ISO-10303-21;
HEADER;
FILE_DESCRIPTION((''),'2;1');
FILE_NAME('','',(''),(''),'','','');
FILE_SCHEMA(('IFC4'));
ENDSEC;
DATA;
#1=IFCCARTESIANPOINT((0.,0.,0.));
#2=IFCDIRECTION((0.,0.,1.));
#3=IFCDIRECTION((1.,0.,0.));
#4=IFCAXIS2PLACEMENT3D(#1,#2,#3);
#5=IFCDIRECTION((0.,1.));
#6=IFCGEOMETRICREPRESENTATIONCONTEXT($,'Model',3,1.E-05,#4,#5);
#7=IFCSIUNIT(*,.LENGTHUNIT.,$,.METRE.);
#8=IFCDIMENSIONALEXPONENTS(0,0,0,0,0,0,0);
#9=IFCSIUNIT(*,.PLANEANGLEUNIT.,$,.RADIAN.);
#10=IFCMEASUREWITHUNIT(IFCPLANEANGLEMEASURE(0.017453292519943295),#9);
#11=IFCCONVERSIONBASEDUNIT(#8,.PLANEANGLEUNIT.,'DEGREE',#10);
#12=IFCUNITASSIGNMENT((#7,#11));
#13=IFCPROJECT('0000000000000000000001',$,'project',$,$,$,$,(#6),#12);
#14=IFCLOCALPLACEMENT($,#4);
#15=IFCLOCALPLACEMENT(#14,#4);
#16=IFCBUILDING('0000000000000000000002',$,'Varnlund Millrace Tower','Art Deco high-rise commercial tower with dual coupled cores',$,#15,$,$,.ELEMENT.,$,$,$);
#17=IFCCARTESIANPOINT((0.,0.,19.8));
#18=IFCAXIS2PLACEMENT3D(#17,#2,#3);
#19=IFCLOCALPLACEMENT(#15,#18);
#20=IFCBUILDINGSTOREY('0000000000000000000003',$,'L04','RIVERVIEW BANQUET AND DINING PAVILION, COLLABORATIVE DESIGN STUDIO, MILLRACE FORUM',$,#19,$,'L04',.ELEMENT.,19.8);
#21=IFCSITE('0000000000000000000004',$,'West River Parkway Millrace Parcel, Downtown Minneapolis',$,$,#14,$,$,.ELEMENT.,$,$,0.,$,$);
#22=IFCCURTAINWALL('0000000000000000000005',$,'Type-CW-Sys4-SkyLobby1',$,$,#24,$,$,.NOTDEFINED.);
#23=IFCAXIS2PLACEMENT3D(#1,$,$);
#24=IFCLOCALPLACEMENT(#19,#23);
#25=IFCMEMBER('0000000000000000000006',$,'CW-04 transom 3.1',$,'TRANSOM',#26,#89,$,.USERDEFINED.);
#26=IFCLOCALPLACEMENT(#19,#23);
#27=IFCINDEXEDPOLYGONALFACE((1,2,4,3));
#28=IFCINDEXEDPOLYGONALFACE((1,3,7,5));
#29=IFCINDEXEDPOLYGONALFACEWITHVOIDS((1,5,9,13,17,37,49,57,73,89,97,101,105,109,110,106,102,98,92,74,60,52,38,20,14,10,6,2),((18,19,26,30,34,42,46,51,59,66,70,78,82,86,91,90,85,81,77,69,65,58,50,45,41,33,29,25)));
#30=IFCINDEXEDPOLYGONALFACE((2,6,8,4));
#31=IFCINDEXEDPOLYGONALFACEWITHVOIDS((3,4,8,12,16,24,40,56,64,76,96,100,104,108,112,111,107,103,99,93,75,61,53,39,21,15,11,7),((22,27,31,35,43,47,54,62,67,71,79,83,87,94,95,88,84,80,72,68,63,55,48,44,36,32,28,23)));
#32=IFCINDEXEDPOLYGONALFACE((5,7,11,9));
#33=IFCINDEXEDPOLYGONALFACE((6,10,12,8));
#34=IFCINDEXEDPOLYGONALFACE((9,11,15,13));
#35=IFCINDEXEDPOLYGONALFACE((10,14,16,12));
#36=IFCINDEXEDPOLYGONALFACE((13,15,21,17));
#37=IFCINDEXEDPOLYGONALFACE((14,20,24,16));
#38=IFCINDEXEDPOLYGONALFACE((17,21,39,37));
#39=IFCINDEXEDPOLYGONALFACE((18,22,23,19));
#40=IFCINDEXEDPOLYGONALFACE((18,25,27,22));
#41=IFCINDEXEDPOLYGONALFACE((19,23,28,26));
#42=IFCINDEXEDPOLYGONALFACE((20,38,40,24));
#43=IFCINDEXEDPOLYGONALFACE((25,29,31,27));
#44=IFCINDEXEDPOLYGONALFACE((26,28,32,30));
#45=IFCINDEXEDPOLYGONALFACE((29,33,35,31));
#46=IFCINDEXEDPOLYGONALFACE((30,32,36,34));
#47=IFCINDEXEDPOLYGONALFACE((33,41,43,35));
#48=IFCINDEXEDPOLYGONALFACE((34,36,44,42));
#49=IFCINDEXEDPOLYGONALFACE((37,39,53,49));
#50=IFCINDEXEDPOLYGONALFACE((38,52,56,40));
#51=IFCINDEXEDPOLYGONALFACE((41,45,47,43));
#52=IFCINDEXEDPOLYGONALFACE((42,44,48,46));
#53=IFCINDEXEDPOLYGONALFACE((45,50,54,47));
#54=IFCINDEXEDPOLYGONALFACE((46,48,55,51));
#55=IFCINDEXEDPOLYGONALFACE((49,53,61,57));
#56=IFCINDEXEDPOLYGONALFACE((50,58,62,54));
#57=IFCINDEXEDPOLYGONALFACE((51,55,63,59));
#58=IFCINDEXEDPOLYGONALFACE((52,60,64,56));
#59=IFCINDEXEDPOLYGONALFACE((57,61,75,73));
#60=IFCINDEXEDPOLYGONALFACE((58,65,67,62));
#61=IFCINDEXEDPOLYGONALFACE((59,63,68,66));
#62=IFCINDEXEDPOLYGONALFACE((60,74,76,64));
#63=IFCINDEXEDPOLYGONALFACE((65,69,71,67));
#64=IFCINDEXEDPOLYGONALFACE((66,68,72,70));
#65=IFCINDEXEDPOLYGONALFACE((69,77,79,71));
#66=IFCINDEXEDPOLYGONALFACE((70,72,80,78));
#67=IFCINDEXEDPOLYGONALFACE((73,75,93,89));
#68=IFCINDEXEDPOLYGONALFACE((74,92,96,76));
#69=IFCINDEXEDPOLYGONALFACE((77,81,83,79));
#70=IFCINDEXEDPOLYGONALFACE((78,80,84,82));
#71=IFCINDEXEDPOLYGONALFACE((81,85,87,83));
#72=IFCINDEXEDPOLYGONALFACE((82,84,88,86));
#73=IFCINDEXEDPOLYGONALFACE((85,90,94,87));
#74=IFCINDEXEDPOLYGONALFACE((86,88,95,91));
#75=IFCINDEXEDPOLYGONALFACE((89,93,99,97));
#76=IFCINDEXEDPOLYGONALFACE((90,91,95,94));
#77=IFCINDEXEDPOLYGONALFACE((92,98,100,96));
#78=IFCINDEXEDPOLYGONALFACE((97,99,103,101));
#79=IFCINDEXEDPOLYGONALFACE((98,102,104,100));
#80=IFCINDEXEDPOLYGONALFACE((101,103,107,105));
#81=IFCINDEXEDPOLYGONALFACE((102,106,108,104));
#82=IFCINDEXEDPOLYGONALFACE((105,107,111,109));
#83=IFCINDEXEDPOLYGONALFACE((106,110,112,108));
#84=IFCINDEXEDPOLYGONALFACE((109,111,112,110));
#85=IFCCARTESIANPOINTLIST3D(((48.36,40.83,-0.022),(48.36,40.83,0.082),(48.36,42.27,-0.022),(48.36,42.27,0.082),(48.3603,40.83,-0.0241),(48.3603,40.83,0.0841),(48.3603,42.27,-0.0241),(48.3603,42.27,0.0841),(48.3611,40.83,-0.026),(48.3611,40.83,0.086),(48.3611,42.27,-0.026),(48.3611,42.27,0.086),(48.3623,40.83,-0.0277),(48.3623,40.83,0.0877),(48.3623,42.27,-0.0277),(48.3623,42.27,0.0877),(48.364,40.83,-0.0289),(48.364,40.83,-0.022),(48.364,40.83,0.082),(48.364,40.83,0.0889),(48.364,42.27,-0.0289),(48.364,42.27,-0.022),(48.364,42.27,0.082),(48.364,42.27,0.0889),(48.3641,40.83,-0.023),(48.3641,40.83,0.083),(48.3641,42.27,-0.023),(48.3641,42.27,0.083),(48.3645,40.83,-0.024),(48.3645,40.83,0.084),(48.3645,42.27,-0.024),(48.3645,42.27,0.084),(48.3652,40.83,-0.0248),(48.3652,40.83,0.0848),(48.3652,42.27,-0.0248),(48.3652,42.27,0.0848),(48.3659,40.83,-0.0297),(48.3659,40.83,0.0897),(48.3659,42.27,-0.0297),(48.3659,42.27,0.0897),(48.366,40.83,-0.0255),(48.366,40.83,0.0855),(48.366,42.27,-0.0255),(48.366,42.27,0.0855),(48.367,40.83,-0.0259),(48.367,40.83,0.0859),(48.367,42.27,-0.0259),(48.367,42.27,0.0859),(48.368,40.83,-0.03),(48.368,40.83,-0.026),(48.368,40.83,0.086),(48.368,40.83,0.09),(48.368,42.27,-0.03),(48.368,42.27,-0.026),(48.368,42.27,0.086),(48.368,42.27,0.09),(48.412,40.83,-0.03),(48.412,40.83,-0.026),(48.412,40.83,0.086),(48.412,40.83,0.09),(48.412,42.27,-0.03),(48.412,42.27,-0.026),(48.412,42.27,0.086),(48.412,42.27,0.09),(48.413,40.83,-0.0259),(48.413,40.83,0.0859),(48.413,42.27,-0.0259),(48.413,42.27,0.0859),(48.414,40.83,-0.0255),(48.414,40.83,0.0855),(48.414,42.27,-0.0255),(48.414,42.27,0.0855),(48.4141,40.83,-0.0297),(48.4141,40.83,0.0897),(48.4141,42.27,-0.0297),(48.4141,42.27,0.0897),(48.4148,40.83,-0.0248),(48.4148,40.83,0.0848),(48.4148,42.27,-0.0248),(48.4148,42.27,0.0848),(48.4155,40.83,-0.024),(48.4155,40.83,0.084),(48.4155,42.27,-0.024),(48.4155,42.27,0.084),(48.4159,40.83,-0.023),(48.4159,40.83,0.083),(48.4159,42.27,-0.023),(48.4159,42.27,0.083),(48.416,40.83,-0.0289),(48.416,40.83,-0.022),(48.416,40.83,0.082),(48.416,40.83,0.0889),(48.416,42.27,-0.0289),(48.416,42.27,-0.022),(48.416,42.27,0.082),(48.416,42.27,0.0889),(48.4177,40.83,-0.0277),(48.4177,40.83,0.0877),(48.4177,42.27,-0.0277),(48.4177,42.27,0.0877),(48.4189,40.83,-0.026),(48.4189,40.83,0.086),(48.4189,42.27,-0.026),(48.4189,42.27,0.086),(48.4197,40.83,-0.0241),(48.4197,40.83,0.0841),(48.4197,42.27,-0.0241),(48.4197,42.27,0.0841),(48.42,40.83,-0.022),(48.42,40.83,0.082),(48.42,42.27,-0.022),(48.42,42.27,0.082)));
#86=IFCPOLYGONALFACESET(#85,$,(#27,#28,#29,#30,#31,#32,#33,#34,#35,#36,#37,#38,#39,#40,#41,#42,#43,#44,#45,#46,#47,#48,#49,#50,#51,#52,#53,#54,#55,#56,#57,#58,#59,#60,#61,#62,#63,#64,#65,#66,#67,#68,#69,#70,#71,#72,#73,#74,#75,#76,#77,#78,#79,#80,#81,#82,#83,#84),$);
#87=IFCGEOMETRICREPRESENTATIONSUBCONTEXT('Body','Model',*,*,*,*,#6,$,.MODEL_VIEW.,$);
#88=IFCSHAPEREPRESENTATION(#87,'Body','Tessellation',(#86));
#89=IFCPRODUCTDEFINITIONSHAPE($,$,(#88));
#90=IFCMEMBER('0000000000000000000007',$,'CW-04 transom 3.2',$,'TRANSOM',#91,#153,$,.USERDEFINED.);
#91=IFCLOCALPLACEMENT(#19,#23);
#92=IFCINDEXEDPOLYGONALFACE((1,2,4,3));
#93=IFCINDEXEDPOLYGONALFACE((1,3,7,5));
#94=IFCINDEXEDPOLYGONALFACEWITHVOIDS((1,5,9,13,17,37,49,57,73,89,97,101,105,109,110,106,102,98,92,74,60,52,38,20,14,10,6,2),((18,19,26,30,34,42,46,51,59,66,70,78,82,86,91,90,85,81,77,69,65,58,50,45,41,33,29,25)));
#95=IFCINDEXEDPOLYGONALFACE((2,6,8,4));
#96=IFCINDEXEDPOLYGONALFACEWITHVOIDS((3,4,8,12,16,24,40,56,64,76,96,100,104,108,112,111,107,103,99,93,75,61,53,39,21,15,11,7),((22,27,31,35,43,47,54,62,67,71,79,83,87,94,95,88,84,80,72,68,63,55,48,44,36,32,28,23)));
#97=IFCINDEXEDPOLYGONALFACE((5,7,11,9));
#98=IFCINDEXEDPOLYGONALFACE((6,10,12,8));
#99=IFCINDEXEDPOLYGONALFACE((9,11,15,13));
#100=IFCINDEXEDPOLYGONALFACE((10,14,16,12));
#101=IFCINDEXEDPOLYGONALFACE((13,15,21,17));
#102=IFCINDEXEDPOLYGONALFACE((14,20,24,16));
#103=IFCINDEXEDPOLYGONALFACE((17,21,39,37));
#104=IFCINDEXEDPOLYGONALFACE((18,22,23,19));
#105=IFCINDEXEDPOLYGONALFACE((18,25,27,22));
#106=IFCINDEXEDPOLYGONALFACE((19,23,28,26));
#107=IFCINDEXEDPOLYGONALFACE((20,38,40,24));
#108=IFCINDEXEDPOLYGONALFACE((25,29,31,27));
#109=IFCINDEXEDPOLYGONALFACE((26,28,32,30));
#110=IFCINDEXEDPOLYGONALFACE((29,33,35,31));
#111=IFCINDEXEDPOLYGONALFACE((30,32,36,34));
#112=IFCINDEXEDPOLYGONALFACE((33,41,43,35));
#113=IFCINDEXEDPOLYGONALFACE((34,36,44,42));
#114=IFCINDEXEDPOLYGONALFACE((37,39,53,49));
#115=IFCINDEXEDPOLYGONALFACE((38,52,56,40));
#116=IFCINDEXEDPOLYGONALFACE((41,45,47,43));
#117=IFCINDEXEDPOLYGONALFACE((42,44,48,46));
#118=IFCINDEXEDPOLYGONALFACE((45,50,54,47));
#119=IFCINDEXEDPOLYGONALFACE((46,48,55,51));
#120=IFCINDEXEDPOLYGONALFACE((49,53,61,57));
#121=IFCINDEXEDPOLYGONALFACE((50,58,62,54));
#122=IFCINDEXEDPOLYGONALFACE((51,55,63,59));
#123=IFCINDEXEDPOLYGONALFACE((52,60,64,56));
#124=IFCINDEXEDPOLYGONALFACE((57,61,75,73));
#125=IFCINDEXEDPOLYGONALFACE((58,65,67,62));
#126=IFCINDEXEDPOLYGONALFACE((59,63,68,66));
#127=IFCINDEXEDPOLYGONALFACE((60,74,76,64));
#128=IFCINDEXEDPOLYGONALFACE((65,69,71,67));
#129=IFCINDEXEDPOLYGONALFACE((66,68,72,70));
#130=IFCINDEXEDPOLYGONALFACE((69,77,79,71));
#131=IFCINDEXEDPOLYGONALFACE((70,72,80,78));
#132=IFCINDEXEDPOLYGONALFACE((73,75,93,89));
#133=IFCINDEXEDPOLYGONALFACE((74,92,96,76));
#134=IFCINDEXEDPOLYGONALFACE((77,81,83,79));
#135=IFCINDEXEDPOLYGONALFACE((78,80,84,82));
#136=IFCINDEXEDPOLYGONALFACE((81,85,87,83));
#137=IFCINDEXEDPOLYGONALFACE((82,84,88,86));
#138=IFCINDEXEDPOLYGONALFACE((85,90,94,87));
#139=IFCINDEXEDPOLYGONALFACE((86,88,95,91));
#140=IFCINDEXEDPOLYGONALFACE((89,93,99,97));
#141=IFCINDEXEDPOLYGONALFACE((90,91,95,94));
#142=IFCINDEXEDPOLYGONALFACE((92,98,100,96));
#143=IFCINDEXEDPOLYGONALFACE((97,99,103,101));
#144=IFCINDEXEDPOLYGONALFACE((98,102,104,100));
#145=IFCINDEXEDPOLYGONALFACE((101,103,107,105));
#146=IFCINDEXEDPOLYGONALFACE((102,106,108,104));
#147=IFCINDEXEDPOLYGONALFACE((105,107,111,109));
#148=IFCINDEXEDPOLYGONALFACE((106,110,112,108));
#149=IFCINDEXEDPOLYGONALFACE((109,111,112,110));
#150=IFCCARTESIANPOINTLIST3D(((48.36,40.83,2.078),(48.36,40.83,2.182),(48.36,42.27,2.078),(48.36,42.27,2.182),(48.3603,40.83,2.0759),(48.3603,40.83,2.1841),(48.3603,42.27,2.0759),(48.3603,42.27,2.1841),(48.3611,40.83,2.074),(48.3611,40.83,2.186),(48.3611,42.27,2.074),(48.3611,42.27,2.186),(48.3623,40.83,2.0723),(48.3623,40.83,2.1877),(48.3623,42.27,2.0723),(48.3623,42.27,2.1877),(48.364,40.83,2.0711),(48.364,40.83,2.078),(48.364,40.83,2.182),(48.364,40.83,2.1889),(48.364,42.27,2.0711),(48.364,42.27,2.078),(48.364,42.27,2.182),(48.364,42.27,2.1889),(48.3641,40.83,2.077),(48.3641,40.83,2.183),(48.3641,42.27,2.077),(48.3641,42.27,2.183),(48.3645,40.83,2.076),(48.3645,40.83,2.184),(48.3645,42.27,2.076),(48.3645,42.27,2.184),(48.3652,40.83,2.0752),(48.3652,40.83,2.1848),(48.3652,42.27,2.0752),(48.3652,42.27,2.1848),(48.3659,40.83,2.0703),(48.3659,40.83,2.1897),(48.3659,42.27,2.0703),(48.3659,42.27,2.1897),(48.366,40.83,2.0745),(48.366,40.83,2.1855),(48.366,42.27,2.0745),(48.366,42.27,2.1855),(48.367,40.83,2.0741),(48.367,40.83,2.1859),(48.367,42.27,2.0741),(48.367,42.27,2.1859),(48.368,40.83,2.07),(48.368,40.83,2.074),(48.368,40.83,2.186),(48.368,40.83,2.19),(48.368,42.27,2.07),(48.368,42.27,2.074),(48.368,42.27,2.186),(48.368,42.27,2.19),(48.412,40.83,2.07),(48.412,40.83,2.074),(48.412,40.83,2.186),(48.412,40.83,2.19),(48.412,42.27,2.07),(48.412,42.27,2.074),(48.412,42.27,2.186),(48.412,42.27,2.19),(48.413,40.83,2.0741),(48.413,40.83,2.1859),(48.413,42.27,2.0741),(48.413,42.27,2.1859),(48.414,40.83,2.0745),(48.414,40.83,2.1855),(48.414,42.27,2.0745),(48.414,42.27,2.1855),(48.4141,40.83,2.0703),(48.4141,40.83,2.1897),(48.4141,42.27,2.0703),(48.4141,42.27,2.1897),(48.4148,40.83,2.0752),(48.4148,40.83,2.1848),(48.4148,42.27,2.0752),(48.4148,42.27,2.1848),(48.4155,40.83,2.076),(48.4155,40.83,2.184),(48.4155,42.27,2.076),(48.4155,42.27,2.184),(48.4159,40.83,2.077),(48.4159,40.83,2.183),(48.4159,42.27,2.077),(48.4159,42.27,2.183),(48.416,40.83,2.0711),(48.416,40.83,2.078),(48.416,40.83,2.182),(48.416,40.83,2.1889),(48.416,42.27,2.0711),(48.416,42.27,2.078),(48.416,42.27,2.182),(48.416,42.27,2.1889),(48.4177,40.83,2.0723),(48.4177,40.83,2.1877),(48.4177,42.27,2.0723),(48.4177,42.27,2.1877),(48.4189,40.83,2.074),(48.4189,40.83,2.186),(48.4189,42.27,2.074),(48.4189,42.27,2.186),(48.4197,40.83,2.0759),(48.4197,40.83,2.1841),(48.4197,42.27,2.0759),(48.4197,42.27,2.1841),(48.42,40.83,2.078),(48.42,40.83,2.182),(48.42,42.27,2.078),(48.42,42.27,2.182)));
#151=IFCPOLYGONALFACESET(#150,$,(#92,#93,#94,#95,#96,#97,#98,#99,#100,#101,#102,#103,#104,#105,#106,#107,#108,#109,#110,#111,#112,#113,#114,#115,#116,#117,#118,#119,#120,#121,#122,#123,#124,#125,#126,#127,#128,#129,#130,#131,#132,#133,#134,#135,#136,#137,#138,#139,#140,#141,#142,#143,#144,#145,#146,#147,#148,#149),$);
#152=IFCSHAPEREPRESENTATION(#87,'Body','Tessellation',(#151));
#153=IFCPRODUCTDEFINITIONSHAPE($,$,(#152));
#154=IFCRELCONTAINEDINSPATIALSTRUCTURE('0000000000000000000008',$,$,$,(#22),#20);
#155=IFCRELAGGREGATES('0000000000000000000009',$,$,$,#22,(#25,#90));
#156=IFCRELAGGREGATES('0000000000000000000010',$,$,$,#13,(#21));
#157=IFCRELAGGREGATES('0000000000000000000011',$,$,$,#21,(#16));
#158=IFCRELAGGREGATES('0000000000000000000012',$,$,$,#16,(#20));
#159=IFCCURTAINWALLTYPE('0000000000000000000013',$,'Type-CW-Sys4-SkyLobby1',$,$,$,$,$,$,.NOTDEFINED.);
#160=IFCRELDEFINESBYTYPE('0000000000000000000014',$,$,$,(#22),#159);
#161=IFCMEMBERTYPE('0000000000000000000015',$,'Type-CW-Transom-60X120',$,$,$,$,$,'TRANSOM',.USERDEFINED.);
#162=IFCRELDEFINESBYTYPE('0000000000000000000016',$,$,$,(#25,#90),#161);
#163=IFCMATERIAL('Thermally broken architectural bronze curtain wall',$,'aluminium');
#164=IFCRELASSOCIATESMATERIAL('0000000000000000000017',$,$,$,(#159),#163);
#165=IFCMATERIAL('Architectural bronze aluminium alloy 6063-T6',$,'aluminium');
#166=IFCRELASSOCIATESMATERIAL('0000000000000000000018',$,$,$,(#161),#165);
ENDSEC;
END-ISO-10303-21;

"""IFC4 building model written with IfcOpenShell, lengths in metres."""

from ifc_helpers import new_model, entity, si_unit, converted_unit, direction, frame, origin_with_axes, origin_2d_with_axis, place, context, subcontext, project, spatial, hollow_rectangle, extrude, material, material_profile, profile_set, type_object, element, aggregate, save


model = new_model("IFC4")

# Units and contexts
model_context = context("Model", 3, precision=1e-05, world=origin_with_axes(), true_north=direction((0.0, 1.0)))
body_context = subcontext(model_context, "Body", "Model", "MODEL_VIEW")
ifc_project = project(units=[si_unit("LENGTHUNIT", "METRE"), converted_unit("PLANEANGLEUNIT", "DEGREE", entity("IfcPlaneAngleMeasure", 0.017453292519943295), si_unit("PLANEANGLEUNIT", "RADIAN"), dimensions=[0, 0, 0, 0, 0, 0, 0])], contexts=[model_context])

# Site, building, storey
site_placement = place(None, origin_with_axes())
site = spatial("IfcSite", under=ifc_project, at=site_placement, Name="West River Parkway Millrace Parcel, Downtown Minneapolis", CompositionType="ELEMENT", RefElevation=0.0)
building_placement = place(site_placement, origin_with_axes())
building = spatial("IfcBuilding", under=site, at=building_placement, Name="Varnlund Millrace Tower", Description="Art Deco high-rise commercial tower with dual coupled cores", CompositionType="ELEMENT")
storey_placement = place(building_placement, frame((0.0, 0.0, 19.8), z_axis=(0.0, 0.0, 1.0), x_axis=(1.0, 0.0, 0.0)))
storey = spatial("IfcBuildingStorey", under=building, at=storey_placement, Name="L04", Description="RIVERVIEW BANQUET AND DINING PAVILION, COLLABORATIVE DESIGN STUDIO, MILLRACE FORUM", LongName="L04", CompositionType="ELEMENT", Elevation=19.8)

# Curtain wall
ifc_material_1 = material(Name="Thermally broken architectural bronze curtain wall", Category="aluminium")
curtain_wall_type = type_object("IfcCurtainWallType", Name="Type-CW-Sys4-SkyLobby1", PredefinedType="NOTDEFINED", material=ifc_material_1)
curtain_wall_1_placement = place(storey_placement, frame((48.39, 45.3, 0.0), z_axis=(0.0, 0.0, 1.0), x_axis=(1.0, 0.0, 0.0)))
curtain_wall_1 = element("IfcCurtainWall", 1, at=curtain_wall_1_placement, inside=storey, type_object=curtain_wall_type, Name="Type-CW-Sys4-SkyLobby1", PredefinedType="NOTDEFINED")
ifc_material_2 = material(Name="Architectural bronze aluminium alloy 6063-T6", Category="aluminium")

# Members
ifc_material_profile_1 = material_profile(ifc_material_2, hollow_rectangle(XDim=0.06, YDim=0.12, WallThickness=0.004, InnerFilletRadius=0.004, OuterFilletRadius=0.008, at=origin_2d_with_axis()), Name="Architectural bronze aluminium alloy 6063-T6")
ifc_profile_set_1 = profile_set([ifc_material_profile_1], Name="Architectural bronze aluminium alloy 6063-T6")
member_type_1 = type_object("IfcMemberType", Name="Type-CW-Transom-60X120", ElementType="TRANSOM", PredefinedType="USERDEFINED", material=ifc_profile_set_1)
member_1_placement = place(storey_placement, frame((48.39, 42.27, 0.03), z_axis=(0.0, -1.0, 0.0), x_axis=(1.0, 0.0, 0.0)))
member_1 = element("IfcMember", 2, at=member_1_placement, type_object=member_type_1, Name="CW-04 transom 3.1", ObjectType="TRANSOM", PredefinedType="USERDEFINED", context=body_context, shape_type="SweptSolid", body=[
    extrude(hollow_rectangle(XDim=0.06, YDim=0.12, WallThickness=0.004, InnerFilletRadius=0.004, OuterFilletRadius=0.008, at=origin_2d_with_axis()), origin_with_axes(), (0.0, 0.0, 1.0), 1.44),
])
member_2_placement = place(storey_placement, frame((48.39, 42.27, 2.13), z_axis=(0.0, -1.0, 0.0), x_axis=(1.0, 0.0, 0.0)))
member_2 = element("IfcMember", 3, at=member_2_placement, type_object=member_type_1, Name="CW-04 transom 3.2", ObjectType="TRANSOM", PredefinedType="USERDEFINED", context=body_context, shape_type="SweptSolid", body=[
    extrude(hollow_rectangle(XDim=0.06, YDim=0.12, WallThickness=0.004, InnerFilletRadius=0.004, OuterFilletRadius=0.008, at=origin_2d_with_axis()), origin_with_axes(), (0.0, 0.0, 1.0), 1.44),
])

aggregate(curtain_wall_1, [member_1, member_2])

save(model, "model.ifc")
